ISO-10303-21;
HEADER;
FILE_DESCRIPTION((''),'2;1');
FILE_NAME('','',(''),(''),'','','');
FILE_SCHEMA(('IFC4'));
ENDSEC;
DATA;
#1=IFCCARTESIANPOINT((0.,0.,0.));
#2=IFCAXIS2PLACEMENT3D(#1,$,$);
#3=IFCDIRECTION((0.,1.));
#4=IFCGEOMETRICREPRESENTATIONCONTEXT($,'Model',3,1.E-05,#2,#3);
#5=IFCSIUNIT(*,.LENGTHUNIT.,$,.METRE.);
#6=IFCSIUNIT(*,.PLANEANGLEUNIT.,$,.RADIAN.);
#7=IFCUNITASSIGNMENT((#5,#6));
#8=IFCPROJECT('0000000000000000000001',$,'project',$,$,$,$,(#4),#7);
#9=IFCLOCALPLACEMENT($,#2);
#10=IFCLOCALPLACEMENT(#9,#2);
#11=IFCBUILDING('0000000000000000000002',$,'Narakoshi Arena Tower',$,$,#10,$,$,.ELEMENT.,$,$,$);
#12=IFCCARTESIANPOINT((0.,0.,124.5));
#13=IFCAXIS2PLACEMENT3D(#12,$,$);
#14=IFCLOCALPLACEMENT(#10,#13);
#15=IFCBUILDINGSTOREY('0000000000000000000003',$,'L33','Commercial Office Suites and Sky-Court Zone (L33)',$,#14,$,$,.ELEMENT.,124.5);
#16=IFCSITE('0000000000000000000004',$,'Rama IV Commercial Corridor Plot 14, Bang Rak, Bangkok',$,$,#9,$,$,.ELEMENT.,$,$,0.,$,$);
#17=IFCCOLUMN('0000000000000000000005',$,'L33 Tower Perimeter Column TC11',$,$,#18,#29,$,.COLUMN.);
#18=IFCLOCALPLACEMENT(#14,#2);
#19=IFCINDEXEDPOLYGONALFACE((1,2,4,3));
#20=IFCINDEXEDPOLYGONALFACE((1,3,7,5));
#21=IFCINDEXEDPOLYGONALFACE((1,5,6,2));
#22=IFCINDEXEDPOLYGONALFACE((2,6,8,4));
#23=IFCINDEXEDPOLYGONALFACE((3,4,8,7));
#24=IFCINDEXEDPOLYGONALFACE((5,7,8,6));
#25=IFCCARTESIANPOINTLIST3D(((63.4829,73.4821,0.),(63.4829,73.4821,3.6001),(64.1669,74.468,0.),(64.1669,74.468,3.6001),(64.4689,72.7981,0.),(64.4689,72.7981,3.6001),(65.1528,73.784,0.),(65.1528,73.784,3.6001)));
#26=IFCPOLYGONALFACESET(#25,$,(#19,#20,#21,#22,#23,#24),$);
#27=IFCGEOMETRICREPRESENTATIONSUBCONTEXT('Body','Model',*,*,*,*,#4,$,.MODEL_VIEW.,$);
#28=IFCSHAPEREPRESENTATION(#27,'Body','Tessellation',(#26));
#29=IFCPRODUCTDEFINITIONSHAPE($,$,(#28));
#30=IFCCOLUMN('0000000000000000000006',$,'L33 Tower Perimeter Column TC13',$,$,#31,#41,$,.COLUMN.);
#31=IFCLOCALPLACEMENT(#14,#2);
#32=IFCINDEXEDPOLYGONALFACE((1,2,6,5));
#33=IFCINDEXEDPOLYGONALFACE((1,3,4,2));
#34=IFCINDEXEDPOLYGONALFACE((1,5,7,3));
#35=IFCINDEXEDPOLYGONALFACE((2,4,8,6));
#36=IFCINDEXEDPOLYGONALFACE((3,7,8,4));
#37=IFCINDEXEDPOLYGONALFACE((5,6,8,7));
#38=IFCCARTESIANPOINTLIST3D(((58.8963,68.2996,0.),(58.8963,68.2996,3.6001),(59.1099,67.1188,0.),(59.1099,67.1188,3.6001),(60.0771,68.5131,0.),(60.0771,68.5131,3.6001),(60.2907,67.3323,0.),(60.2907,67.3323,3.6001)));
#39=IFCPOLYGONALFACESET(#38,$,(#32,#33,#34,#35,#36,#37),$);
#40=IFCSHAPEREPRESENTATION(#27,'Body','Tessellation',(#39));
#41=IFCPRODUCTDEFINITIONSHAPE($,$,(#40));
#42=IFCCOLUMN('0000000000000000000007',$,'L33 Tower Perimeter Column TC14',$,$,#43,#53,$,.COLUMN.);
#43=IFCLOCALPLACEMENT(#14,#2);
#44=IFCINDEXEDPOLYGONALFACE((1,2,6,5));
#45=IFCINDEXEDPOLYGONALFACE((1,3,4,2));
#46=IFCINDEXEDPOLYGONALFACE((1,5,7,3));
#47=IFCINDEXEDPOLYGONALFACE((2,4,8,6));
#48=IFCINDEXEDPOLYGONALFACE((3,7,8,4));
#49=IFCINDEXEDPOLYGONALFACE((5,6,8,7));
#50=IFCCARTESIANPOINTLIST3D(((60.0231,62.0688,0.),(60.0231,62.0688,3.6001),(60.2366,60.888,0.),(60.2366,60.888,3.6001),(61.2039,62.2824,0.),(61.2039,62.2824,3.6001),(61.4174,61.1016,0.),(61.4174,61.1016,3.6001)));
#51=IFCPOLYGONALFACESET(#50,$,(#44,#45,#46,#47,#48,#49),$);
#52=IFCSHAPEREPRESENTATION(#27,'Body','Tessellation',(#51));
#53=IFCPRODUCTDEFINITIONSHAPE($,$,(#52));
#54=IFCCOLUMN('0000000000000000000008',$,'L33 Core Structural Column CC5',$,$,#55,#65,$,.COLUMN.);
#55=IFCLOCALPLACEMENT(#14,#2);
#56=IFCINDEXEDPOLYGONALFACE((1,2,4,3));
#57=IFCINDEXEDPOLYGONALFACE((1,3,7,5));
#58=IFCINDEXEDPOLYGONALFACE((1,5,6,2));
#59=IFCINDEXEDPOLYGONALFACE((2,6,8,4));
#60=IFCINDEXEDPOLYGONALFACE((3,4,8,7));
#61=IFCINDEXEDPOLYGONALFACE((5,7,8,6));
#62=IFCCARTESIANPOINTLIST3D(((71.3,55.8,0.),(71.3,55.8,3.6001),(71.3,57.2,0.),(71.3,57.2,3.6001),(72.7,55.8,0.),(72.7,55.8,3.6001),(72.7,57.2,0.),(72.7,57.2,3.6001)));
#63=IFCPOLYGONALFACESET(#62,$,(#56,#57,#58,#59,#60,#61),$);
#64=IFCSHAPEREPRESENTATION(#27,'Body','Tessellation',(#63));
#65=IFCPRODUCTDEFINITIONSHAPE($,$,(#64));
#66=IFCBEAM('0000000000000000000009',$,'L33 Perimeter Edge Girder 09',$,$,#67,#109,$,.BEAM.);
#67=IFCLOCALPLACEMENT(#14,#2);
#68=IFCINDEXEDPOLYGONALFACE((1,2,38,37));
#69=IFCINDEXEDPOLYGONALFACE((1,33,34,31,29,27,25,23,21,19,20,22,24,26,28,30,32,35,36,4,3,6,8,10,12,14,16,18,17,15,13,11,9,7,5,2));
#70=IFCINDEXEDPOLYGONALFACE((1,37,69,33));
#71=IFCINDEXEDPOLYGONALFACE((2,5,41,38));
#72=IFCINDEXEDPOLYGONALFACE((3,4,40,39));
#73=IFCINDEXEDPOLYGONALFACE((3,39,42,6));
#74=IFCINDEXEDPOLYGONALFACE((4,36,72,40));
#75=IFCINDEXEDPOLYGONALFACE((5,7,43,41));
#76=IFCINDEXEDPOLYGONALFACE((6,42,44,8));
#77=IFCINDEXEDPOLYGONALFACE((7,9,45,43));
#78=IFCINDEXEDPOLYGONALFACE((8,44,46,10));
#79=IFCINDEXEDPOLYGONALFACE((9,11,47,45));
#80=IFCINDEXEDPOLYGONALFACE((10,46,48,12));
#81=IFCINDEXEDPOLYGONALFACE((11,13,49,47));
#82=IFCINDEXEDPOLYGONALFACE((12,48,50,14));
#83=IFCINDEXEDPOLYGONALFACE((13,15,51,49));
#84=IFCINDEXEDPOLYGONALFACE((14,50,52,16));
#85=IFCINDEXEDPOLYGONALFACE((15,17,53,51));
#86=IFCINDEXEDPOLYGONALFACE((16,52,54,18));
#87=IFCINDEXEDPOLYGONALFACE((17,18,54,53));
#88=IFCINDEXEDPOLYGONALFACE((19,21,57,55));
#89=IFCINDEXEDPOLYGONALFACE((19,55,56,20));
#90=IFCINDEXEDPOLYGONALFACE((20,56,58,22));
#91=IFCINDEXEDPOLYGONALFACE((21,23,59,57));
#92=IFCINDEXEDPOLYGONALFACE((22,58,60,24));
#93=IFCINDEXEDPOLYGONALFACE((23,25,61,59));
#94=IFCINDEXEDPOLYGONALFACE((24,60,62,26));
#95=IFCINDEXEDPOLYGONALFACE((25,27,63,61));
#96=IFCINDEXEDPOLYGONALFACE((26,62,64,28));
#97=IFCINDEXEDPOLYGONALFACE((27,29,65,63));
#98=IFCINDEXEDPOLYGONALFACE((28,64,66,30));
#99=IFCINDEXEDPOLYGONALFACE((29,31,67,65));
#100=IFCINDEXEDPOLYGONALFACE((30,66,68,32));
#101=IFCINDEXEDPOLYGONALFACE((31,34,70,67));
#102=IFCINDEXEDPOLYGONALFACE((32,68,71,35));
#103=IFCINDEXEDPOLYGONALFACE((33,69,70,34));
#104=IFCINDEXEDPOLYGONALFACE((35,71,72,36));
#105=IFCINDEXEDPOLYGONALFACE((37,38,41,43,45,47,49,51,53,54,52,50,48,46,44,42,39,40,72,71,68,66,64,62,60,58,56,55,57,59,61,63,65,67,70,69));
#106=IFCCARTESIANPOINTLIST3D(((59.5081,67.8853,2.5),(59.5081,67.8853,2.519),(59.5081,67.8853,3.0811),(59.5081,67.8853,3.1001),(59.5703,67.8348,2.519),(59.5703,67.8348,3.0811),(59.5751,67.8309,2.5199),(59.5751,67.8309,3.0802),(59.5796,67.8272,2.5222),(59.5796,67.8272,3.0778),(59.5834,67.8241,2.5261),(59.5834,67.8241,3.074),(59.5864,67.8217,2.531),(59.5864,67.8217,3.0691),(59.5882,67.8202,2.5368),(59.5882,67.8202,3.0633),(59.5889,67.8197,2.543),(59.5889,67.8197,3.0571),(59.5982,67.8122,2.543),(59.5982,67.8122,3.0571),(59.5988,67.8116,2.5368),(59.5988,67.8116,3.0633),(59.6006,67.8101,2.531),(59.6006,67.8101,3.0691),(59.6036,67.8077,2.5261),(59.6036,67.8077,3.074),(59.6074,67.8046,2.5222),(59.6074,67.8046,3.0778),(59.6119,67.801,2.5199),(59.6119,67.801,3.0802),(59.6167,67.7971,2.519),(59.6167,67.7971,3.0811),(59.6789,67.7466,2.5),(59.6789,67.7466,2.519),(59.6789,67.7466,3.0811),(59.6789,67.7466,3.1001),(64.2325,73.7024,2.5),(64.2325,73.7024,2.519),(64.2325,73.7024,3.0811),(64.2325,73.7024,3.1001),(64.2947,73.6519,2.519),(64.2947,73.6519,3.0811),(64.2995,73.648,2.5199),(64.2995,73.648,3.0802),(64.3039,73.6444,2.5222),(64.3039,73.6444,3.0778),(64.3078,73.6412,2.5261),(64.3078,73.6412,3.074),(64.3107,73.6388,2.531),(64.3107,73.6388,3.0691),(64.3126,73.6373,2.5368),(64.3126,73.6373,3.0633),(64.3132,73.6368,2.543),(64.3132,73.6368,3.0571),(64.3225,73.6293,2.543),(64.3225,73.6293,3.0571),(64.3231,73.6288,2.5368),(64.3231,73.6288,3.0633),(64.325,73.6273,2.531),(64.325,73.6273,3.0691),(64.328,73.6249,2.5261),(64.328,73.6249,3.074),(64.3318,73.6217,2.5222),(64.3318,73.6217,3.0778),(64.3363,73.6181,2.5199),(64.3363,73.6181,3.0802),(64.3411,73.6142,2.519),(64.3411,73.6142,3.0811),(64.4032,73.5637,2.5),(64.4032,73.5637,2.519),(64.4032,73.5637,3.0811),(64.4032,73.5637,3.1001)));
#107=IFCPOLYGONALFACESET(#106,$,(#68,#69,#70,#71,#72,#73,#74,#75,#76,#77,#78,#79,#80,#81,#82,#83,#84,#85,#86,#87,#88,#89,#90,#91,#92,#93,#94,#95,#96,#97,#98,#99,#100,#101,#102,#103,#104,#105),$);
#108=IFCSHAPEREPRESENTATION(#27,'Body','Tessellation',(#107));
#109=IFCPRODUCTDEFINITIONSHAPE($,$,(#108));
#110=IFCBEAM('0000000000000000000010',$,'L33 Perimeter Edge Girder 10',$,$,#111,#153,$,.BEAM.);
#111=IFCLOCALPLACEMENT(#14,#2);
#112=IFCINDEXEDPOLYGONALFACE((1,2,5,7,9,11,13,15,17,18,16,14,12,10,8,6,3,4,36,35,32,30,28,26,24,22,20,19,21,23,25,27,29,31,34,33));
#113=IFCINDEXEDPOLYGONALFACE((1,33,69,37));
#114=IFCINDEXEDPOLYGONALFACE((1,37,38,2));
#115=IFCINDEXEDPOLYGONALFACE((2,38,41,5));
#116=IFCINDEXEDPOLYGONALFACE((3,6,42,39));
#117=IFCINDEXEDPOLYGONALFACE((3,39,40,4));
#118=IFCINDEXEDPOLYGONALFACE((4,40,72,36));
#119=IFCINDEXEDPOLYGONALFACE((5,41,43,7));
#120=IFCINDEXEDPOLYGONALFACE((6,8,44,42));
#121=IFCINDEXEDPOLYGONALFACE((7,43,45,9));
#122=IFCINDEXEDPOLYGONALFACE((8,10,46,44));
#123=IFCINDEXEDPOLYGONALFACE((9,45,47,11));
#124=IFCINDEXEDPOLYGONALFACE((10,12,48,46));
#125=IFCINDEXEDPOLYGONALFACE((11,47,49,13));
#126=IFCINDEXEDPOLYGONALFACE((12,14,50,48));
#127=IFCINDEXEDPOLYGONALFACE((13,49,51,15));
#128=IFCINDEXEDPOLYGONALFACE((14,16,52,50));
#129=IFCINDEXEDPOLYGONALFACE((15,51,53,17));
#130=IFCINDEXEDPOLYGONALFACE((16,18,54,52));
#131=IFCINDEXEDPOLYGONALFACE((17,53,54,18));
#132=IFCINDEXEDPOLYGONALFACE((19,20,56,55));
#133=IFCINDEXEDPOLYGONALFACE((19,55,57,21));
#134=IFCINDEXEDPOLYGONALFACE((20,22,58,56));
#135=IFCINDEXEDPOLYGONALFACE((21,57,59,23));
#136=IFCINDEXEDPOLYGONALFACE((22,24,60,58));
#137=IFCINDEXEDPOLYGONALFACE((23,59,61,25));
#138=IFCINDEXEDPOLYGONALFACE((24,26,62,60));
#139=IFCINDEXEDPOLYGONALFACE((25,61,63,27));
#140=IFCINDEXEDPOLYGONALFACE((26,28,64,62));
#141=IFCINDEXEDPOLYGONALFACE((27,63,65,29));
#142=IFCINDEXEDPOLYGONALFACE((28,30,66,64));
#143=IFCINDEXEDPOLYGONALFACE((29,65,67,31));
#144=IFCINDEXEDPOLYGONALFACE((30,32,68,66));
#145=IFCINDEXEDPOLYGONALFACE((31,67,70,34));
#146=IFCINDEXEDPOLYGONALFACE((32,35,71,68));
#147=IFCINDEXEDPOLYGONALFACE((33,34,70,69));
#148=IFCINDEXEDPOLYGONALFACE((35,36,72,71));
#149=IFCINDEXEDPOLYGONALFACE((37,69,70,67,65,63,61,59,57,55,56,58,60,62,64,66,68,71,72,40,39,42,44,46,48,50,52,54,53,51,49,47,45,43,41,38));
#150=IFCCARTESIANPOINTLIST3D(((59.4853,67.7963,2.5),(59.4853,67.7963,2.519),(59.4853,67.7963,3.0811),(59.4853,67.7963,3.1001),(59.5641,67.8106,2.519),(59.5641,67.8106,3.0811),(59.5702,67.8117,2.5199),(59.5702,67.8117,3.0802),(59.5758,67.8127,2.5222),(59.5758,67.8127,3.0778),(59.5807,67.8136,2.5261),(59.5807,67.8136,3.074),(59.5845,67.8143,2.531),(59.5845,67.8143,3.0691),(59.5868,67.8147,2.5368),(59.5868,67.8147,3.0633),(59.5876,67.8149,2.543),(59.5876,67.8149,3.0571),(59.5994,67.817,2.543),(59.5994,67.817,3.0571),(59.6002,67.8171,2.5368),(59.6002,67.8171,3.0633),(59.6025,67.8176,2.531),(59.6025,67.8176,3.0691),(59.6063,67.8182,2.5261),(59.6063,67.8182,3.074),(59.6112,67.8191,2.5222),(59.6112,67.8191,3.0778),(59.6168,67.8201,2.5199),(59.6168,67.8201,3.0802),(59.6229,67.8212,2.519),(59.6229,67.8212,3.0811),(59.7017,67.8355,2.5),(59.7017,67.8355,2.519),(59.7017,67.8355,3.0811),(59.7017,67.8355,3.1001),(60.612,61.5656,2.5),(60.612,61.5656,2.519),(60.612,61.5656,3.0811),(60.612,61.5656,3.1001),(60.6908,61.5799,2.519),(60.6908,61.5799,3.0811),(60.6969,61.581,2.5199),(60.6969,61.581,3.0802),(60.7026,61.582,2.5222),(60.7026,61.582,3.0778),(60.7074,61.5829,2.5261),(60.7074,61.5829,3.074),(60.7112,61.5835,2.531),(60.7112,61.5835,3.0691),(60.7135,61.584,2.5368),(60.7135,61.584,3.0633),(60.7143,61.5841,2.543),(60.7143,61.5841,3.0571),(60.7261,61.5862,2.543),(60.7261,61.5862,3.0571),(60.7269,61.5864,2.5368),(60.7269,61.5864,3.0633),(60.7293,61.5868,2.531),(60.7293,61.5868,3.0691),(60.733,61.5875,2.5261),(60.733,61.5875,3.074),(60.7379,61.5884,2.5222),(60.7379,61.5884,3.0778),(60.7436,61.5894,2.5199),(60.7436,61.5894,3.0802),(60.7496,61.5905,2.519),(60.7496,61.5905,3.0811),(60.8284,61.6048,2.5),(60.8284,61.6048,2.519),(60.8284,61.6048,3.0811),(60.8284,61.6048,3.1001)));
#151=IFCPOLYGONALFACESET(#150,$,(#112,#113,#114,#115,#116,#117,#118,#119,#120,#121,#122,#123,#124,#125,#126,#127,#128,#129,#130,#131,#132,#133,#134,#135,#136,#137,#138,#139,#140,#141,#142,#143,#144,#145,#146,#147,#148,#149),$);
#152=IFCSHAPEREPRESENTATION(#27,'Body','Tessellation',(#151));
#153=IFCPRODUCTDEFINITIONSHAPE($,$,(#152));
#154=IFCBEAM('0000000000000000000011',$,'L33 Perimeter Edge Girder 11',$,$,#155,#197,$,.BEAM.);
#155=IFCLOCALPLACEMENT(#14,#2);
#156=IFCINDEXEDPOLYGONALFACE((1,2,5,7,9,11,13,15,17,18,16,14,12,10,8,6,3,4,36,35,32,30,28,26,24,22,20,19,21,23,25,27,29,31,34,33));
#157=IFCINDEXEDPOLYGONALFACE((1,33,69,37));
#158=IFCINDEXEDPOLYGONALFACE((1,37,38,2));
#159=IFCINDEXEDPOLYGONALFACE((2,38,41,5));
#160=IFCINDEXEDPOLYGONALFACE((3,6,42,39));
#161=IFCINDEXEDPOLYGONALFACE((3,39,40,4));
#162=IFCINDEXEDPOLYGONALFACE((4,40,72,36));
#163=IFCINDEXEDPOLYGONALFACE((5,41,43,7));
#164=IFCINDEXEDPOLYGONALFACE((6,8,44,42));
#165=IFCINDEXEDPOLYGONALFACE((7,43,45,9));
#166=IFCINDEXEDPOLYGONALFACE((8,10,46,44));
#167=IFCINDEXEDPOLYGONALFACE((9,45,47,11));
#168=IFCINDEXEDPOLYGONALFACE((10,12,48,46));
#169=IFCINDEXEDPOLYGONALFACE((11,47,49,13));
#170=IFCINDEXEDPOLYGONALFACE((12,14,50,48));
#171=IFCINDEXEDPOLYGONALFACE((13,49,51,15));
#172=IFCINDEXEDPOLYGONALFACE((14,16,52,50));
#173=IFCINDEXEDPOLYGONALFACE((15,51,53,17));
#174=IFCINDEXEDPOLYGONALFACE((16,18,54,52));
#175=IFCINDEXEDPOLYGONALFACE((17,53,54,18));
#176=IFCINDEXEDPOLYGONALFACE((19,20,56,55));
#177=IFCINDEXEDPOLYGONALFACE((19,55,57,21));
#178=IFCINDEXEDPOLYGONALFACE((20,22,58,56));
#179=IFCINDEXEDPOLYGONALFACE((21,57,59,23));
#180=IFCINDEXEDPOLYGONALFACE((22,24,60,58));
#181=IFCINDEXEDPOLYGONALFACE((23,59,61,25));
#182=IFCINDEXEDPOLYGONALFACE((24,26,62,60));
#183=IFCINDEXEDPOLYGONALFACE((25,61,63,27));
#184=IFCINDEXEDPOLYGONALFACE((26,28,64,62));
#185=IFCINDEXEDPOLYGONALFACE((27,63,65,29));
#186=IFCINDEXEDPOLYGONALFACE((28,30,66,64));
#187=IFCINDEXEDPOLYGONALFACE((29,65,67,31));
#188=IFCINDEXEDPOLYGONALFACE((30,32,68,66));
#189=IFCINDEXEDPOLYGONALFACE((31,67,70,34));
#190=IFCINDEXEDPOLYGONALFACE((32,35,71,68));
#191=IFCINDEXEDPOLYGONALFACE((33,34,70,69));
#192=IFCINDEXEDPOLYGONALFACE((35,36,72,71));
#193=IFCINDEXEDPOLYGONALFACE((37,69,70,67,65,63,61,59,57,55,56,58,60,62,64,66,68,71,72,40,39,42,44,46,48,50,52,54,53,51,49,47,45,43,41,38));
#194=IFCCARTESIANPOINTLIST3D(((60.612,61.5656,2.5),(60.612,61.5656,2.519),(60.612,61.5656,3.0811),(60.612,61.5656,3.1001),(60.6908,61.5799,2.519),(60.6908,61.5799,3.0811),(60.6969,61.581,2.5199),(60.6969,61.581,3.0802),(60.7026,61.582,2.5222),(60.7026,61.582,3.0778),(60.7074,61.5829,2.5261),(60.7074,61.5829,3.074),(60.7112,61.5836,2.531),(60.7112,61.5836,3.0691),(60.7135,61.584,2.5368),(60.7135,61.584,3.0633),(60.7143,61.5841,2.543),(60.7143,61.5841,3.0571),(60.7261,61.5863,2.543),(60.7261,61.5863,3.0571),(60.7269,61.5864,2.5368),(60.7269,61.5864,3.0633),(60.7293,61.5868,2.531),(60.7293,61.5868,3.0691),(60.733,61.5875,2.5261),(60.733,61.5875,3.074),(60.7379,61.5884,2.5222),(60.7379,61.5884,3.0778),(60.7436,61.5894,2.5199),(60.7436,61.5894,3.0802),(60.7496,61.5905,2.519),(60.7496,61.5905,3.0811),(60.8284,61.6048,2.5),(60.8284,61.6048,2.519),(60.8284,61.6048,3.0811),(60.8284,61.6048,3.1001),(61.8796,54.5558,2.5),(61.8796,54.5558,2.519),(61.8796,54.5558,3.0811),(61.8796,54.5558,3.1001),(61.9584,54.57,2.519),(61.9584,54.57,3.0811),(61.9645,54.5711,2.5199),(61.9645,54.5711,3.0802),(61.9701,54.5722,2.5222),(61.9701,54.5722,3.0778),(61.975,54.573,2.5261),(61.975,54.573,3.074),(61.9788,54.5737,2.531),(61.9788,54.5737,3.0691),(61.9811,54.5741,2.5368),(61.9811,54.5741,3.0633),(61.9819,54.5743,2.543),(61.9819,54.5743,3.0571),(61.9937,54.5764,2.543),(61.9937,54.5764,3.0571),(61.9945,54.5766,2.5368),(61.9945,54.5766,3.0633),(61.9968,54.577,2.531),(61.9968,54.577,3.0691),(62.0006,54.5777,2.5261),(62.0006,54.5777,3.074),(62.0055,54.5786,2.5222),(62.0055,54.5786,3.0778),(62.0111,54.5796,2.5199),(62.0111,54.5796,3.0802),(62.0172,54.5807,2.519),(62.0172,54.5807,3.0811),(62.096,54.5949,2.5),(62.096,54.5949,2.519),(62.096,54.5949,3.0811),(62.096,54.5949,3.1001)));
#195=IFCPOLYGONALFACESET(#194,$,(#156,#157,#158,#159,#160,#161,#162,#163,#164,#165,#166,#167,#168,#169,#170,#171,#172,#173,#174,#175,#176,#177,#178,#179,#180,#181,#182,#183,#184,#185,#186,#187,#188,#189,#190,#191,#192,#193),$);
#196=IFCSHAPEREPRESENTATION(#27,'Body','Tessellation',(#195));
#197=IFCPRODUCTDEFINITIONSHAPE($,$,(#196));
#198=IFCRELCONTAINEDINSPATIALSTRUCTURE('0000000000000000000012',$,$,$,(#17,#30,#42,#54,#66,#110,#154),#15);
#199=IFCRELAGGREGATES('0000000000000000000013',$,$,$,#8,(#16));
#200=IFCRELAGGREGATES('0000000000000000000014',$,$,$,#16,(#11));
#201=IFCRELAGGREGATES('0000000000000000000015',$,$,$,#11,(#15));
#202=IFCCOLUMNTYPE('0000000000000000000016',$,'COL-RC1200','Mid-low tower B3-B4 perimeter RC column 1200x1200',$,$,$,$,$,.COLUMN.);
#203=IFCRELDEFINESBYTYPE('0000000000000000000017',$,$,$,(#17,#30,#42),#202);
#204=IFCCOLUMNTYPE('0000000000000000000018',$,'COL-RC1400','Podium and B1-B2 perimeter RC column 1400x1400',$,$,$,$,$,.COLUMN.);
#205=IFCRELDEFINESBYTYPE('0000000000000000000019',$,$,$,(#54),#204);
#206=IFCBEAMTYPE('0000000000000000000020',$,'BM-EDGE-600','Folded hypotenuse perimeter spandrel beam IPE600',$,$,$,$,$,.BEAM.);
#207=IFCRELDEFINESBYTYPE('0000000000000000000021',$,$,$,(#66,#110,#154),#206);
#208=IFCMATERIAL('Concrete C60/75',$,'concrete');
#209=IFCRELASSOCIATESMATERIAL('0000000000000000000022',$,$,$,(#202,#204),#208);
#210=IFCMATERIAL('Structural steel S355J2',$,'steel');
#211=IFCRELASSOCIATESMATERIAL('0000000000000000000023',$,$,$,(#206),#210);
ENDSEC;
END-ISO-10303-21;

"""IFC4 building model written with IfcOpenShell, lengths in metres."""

from ifc_helpers import new_model, si_unit, direction, frame, origin, origin_2d, place, context, subcontext, project, spatial, rectangle, i_section, extrude, material, material_profile, profile_set, type_object, element, save


model = new_model("IFC4")

# Units and contexts
model_context = context("Model", 3, precision=1e-05, world=origin(), true_north=direction((0.0, 1.0)))
body_context = subcontext(model_context, "Body", "Model", "MODEL_VIEW")
ifc_project = project(units=[si_unit("LENGTHUNIT", "METRE"), si_unit("PLANEANGLEUNIT", "RADIAN")], contexts=[model_context])

# Site, building, storey
site_placement = place(None, origin())
site = spatial("IfcSite", under=ifc_project, at=site_placement, Name="Rama IV Commercial Corridor Plot 14, Bang Rak, Bangkok", CompositionType="ELEMENT", RefElevation=0.0)
building_placement = place(site_placement, origin())
building = spatial("IfcBuilding", under=site, at=building_placement, Name="Narakoshi Arena Tower", CompositionType="ELEMENT")
storey_placement = place(building_placement, frame((0.0, 0.0, 124.5)))
storey = spatial("IfcBuildingStorey", under=building, at=storey_placement, Name="L33", Description="Commercial Office Suites and Sky-Court Zone (L33)", CompositionType="ELEMENT", Elevation=124.5)

# Columns
ifc_material_1 = material(Name="Concrete C60/75", Category="concrete")
ifc_material_profile_1 = material_profile(ifc_material_1, rectangle(XDim=1.2, YDim=1.2, at=origin_2d()), Name="RC1200x1200")
ifc_profile_set_1 = profile_set([ifc_material_profile_1], Name="Concrete C60/75")
column_type_1 = type_object("IfcColumnType", Name="COL-RC1200", Description="Mid-low tower B3-B4 perimeter RC column 1200x1200", PredefinedType="COLUMN", material=ifc_profile_set_1)
for number, where, z_axis, x_axis, name in (
    (1, (64.3179, 73.6331, 0.0), (0.0, 0.0, 1.0), (0.569997, 0.821647, 0.0), "L33 Tower Perimeter Column TC11"),
    (2, (59.5935, 67.8159, 0.0), (0.0, 0.0, 1.0), (-0.177944, 0.984041, 0.0), "L33 Tower Perimeter Column TC13"),
    (3, (60.7202, 61.5852, 0.0), (0.0, 0.0, 1.0), (-0.177944, 0.984041, 0.0), "L33 Tower Perimeter Column TC14"),
):
    element("IfcColumn", number, at=place(storey_placement, frame(where, z_axis=z_axis, x_axis=x_axis)), inside=storey, type_object=column_type_1, Name=name, PredefinedType="COLUMN", context=body_context, shape_type="SweptSolid", body=[
        extrude(rectangle(XDim=1.2, YDim=1.2, at=origin_2d()), origin(), (0.0, 0.0, 1.0), 3.6001),
    ])
ifc_material_profile_2 = material_profile(ifc_material_1, rectangle(XDim=1.3999, YDim=1.3999, at=origin_2d()), Name="RC1400x1400")
ifc_profile_set_2 = profile_set([ifc_material_profile_2], Name="Concrete C60/75")
column_type_2 = type_object("IfcColumnType", Name="COL-RC1400", Description="Podium and B1-B2 perimeter RC column 1400x1400", PredefinedType="COLUMN", material=ifc_profile_set_2)
column_placement = place(storey_placement, frame((72.0, 56.5, 0.0), z_axis=(0.0, 0.0, 1.0), x_axis=(1.0, 0.0, 0.0)))
element("IfcColumn", 4, at=column_placement, inside=storey, type_object=column_type_2, Name="L33 Core Structural Column CC5", PredefinedType="COLUMN", context=body_context, shape_type="SweptSolid", body=[
    extrude(rectangle(XDim=1.3999, YDim=1.3999, at=origin_2d()), origin(), (0.0, 0.0, 1.0), 3.6001),
])

# Beams
ifc_material_2 = material(Name="Structural steel S355J2", Category="steel")
ifc_material_profile_3 = material_profile(ifc_material_2, i_section(OverallWidth=0.22, OverallDepth=0.6001, WebThickness=0.012, FlangeThickness=0.019, FilletRadius=0.0239, at=origin_2d()), Name="IPE600")
ifc_profile_set_3 = profile_set([ifc_material_profile_3], Name="Structural steel S355J2")
beam_type_1 = type_object("IfcBeamType", Name="BM-EDGE-600", Description="Folded hypotenuse perimeter spandrel beam IPE600", PredefinedType="BEAM", material=ifc_profile_set_3)
beam_1_placement = place(storey_placement, frame((64.3179, 73.6331, 2.8), z_axis=(-0.630427, -0.776249, 0.0), x_axis=(0.776249, -0.630427, 0.0)))
element("IfcBeam", 5, at=beam_1_placement, inside=storey, type_object=beam_type_1, Name="L33 Perimeter Edge Girder 09", PredefinedType="BEAM", context=body_context, shape_type="SweptSolid", body=[
    extrude(i_section(OverallWidth=0.22, OverallDepth=0.6001, WebThickness=0.012, FlangeThickness=0.019, FilletRadius=0.0239, at=origin_2d()), origin(), (0.0, 0.0, 1.0), 7.4939),
])
beam_2_placement = place(storey_placement, frame((59.5935, 67.8159, 2.8), z_axis=(0.177945, -0.98404, 0.0), x_axis=(0.98404, 0.177945, 0.0)))
element("IfcBeam", 6, at=beam_2_placement, inside=storey, type_object=beam_type_1, Name="L33 Perimeter Edge Girder 10", PredefinedType="BEAM", context=body_context, shape_type="SweptSolid", body=[
    extrude(i_section(OverallWidth=0.22, OverallDepth=0.6001, WebThickness=0.012, FlangeThickness=0.019, FilletRadius=0.0239, at=origin_2d()), origin(), (0.0, 0.0, 1.0), 6.3318),
])
beam_3_placement = place(storey_placement, frame((60.7202, 61.5852, 2.8), z_axis=(0.177944, -0.984041, 0.0), x_axis=(0.984041, 0.177944, 0.0)))
element("IfcBeam", 7, at=beam_3_placement, inside=storey, type_object=beam_type_1, Name="L33 Perimeter Edge Girder 11", PredefinedType="BEAM", context=body_context, shape_type="SweptSolid", body=[
    extrude(i_section(OverallWidth=0.22, OverallDepth=0.6001, WebThickness=0.012, FlangeThickness=0.019, FilletRadius=0.0239, at=origin_2d()), origin(), (0.0, 0.0, 1.0), 7.1235),
])

save(model, "model.ifc")
